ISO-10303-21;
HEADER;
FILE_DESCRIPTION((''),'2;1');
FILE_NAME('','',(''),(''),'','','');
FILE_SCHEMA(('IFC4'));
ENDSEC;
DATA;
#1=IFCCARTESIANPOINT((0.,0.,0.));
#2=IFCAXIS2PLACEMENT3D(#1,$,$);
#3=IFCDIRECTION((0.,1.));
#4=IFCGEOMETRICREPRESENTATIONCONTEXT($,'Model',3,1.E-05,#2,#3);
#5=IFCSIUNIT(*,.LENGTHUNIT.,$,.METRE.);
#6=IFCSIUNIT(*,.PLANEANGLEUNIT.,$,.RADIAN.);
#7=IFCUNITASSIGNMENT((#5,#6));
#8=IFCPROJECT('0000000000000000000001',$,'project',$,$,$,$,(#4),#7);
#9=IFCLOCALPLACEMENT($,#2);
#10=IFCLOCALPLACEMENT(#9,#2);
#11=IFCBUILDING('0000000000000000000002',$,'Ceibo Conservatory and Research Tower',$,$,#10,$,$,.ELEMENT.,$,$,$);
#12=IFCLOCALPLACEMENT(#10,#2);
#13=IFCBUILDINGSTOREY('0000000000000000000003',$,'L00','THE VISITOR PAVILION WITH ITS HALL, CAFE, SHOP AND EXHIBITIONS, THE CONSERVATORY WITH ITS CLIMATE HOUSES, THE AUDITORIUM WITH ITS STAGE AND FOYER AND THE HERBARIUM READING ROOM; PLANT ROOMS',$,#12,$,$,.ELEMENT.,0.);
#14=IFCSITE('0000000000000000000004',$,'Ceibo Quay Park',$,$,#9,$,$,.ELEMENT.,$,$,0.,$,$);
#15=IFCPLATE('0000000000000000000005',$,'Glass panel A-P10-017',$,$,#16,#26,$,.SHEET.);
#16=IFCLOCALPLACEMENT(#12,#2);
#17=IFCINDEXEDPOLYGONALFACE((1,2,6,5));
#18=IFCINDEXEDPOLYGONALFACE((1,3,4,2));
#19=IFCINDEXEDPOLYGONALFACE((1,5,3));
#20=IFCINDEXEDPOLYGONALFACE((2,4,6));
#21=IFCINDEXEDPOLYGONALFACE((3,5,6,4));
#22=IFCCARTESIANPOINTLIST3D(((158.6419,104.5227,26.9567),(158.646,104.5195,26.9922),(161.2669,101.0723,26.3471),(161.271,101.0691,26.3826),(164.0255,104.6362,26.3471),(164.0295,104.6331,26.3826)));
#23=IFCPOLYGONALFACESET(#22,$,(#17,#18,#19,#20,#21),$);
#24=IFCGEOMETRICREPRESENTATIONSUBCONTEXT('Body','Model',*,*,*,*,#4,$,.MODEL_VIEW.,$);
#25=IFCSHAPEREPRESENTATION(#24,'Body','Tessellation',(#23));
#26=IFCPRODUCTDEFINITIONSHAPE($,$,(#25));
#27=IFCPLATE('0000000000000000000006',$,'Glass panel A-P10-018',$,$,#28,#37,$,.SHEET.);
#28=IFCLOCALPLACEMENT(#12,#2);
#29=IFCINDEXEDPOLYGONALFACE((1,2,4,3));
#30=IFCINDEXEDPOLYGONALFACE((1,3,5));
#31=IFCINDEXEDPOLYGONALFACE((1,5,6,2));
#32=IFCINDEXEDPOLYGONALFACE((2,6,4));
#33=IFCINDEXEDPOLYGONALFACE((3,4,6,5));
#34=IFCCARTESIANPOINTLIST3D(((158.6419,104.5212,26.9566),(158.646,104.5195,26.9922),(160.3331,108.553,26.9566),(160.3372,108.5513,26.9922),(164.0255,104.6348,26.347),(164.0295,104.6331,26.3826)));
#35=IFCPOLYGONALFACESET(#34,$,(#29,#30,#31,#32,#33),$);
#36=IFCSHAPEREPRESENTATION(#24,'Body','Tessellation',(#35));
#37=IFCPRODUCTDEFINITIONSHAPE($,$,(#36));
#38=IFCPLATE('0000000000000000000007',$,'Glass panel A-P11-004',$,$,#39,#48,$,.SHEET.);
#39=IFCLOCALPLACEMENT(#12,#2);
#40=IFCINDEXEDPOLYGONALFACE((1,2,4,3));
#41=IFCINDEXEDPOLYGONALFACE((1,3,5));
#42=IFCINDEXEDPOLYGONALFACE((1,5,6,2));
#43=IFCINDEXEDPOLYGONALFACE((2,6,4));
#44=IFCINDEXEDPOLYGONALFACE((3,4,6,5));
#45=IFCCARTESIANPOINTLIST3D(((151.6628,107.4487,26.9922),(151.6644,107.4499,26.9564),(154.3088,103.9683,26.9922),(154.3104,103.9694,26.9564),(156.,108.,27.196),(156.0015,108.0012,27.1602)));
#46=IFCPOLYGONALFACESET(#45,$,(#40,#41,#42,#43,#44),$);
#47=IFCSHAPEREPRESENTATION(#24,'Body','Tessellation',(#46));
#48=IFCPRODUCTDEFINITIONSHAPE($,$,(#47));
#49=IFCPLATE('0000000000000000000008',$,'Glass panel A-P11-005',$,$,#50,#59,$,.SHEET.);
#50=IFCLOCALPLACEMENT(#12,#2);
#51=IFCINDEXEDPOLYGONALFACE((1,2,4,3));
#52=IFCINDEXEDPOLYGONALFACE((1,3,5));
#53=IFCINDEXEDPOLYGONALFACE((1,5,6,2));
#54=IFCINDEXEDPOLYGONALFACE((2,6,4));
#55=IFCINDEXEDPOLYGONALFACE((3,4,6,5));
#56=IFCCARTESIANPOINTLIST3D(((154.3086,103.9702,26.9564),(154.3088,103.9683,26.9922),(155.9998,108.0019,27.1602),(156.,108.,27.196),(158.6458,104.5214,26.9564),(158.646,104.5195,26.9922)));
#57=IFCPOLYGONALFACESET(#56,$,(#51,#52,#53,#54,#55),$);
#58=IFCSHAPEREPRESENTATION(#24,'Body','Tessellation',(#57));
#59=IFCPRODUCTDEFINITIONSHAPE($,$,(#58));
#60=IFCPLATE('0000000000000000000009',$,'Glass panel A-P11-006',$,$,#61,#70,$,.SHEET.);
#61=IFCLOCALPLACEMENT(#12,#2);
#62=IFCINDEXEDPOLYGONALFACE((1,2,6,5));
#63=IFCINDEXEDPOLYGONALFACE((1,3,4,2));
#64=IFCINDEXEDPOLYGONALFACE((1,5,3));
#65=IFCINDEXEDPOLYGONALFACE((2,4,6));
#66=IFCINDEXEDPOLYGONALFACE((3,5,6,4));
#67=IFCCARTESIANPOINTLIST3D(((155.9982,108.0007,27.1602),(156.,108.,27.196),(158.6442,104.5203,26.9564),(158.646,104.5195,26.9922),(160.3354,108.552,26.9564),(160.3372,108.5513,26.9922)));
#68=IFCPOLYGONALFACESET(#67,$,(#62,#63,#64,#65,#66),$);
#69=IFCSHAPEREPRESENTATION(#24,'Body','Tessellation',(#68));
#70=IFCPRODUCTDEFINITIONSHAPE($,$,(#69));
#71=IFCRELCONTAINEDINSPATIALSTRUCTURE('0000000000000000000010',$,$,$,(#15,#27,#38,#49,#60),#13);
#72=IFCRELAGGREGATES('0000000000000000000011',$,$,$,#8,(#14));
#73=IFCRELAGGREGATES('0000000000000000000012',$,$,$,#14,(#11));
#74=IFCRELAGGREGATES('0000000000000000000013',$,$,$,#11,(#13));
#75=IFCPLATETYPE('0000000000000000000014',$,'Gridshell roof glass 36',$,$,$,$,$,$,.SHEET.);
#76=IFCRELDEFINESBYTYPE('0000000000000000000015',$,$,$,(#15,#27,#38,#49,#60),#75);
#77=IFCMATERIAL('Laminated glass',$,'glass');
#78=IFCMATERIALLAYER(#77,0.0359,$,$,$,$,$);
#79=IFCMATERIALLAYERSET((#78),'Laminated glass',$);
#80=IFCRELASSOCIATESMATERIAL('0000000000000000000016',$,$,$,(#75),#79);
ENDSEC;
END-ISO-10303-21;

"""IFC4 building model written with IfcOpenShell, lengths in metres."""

from ifc_helpers import new_model, si_unit, direction, frame, origin, place, context, subcontext, project, spatial, polyline, outline, extrude, material, layer, layer_set, type_object, element, save


model = new_model("IFC4")

# Units and contexts
model_context = context("Model", 3, precision=1e-05, world=origin(), true_north=direction((0.0, 1.0)))
body_context = subcontext(model_context, "Body", "Model", "MODEL_VIEW")
ifc_project = project(units=[si_unit("LENGTHUNIT", "METRE"), si_unit("PLANEANGLEUNIT", "RADIAN")], contexts=[model_context])

# Site, building, storey
site_placement = place(None, origin())
site = spatial("IfcSite", under=ifc_project, at=site_placement, Name="Ceibo Quay Park", CompositionType="ELEMENT", RefElevation=0.0)
building_placement = place(site_placement, origin())
building = spatial("IfcBuilding", under=site, at=building_placement, Name="Ceibo Conservatory and Research Tower", CompositionType="ELEMENT")
storey_placement = place(building_placement, origin())
storey = spatial("IfcBuildingStorey", under=building, at=storey_placement, Name="L00", Description="THE VISITOR PAVILION WITH ITS HALL, CAFE, SHOP AND EXHIBITIONS, THE CONSERVATORY WITH ITS CLIMATE HOUSES, THE AUDITORIUM WITH ITS STAGE AND FOYER AND THE HERBARIUM READING ROOM; PLANT ROOMS", CompositionType="ELEMENT", Elevation=0.0)

# Plates
ifc_material_1 = material(Name="Laminated glass", Category="glass")
ifc_layer = layer(ifc_material_1, 0.0359)
ifc_layer_set = layer_set([ifc_layer], Name="Laminated glass")
plate_type = type_object("IfcPlateType", Name="Gridshell roof glass 36", PredefinedType="SHEET", material=ifc_layer_set)
plate_1_placement = place(storey_placement, frame((158.646, 104.5195, 26.9922), z_axis=(0.113916, -0.088172, 0.98957), x_axis=(0.599575, -0.788113, -0.139243)))
element("IfcPlate", 1, at=plate_1_placement, inside=storey, type_object=plate_type, Name="Glass panel A-P10-017", PredefinedType="SHEET", context=body_context, shape_type="SweptSolid", body=[
    extrude(outline(polyline([(0.0, 0.0), (4.3781, 0.0), (3.2233, 4.3563), (0.0, 0.0)])), origin(), (0.0, 0.0, -1.0), 0.0359),
])
plate_2_placement = place(storey_placement, frame((158.646, 104.5195, 26.9922), z_axis=(0.113381, -0.047559, 0.992413), x_axis=(0.993432, 0.020949, -0.112494)))
element("IfcPlate", 2, at=plate_2_placement, inside=storey, type_object=plate_type, Name="Glass panel A-P10-018", PredefinedType="SHEET", context=body_context, shape_type="SweptSolid", body=[
    extrude(outline(polyline([(0.0, 0.0), (5.4191, 0.0), (1.7645, 4.0002), (0.0, 0.0)])), origin(), (0.0, 0.0, -1.0), 0.0359),
])
plate_3_placement = place(storey_placement, frame((151.6628, 107.4487, 26.9922), z_axis=(-0.042799, -0.032538, 0.998554), x_axis=(0.605205, -0.79607, 0.0)))
element("IfcPlate", 3, at=plate_3_placement, inside=storey, type_object=plate_type, Name="Glass panel A-P11-004", PredefinedType="SHEET", context=body_context, shape_type="SweptSolid", body=[
    extrude(outline(polyline([(0.0, 0.0), (4.3721, 0.0), (2.186, 3.7918), (0.0, 0.0)])), origin(), (0.0, 0.0, -1.0), 0.0359),
])
plate_4_placement = place(storey_placement, frame((154.3088, 103.9683, 26.9922), z_axis=(0.006779, -0.053334, 0.998554), x_axis=(0.992019, 0.126089, 0.0)))
element("IfcPlate", 4, at=plate_4_placement, inside=storey, type_object=plate_type, Name="Glass panel A-P11-005", PredefinedType="SHEET", context=body_context, shape_type="SweptSolid", body=[
    extrude(outline(polyline([(0.0, 0.0), (4.3721, 0.0), (2.186, 3.7918), (0.0, 0.0)])), origin(), (0.0, 0.0, -1.0), 0.0359),
])
plate_5_placement = place(storey_placement, frame((158.646, 104.5195, 26.9922), z_axis=(0.049578, -0.020796, 0.998554), x_axis=(0.386811, 0.922159, 0.0)))
element("IfcPlate", 5, at=plate_5_placement, inside=storey, type_object=plate_type, Name="Glass panel A-P11-006", PredefinedType="SHEET", context=body_context, shape_type="SweptSolid", body=[
    extrude(outline(polyline([(0.0, 0.0), (4.3721, 0.0), (2.186, 3.7918), (0.0, 0.0)])), origin(), (0.0, 0.0, -1.0), 0.0359),
])

save(model, "model.ifc")
